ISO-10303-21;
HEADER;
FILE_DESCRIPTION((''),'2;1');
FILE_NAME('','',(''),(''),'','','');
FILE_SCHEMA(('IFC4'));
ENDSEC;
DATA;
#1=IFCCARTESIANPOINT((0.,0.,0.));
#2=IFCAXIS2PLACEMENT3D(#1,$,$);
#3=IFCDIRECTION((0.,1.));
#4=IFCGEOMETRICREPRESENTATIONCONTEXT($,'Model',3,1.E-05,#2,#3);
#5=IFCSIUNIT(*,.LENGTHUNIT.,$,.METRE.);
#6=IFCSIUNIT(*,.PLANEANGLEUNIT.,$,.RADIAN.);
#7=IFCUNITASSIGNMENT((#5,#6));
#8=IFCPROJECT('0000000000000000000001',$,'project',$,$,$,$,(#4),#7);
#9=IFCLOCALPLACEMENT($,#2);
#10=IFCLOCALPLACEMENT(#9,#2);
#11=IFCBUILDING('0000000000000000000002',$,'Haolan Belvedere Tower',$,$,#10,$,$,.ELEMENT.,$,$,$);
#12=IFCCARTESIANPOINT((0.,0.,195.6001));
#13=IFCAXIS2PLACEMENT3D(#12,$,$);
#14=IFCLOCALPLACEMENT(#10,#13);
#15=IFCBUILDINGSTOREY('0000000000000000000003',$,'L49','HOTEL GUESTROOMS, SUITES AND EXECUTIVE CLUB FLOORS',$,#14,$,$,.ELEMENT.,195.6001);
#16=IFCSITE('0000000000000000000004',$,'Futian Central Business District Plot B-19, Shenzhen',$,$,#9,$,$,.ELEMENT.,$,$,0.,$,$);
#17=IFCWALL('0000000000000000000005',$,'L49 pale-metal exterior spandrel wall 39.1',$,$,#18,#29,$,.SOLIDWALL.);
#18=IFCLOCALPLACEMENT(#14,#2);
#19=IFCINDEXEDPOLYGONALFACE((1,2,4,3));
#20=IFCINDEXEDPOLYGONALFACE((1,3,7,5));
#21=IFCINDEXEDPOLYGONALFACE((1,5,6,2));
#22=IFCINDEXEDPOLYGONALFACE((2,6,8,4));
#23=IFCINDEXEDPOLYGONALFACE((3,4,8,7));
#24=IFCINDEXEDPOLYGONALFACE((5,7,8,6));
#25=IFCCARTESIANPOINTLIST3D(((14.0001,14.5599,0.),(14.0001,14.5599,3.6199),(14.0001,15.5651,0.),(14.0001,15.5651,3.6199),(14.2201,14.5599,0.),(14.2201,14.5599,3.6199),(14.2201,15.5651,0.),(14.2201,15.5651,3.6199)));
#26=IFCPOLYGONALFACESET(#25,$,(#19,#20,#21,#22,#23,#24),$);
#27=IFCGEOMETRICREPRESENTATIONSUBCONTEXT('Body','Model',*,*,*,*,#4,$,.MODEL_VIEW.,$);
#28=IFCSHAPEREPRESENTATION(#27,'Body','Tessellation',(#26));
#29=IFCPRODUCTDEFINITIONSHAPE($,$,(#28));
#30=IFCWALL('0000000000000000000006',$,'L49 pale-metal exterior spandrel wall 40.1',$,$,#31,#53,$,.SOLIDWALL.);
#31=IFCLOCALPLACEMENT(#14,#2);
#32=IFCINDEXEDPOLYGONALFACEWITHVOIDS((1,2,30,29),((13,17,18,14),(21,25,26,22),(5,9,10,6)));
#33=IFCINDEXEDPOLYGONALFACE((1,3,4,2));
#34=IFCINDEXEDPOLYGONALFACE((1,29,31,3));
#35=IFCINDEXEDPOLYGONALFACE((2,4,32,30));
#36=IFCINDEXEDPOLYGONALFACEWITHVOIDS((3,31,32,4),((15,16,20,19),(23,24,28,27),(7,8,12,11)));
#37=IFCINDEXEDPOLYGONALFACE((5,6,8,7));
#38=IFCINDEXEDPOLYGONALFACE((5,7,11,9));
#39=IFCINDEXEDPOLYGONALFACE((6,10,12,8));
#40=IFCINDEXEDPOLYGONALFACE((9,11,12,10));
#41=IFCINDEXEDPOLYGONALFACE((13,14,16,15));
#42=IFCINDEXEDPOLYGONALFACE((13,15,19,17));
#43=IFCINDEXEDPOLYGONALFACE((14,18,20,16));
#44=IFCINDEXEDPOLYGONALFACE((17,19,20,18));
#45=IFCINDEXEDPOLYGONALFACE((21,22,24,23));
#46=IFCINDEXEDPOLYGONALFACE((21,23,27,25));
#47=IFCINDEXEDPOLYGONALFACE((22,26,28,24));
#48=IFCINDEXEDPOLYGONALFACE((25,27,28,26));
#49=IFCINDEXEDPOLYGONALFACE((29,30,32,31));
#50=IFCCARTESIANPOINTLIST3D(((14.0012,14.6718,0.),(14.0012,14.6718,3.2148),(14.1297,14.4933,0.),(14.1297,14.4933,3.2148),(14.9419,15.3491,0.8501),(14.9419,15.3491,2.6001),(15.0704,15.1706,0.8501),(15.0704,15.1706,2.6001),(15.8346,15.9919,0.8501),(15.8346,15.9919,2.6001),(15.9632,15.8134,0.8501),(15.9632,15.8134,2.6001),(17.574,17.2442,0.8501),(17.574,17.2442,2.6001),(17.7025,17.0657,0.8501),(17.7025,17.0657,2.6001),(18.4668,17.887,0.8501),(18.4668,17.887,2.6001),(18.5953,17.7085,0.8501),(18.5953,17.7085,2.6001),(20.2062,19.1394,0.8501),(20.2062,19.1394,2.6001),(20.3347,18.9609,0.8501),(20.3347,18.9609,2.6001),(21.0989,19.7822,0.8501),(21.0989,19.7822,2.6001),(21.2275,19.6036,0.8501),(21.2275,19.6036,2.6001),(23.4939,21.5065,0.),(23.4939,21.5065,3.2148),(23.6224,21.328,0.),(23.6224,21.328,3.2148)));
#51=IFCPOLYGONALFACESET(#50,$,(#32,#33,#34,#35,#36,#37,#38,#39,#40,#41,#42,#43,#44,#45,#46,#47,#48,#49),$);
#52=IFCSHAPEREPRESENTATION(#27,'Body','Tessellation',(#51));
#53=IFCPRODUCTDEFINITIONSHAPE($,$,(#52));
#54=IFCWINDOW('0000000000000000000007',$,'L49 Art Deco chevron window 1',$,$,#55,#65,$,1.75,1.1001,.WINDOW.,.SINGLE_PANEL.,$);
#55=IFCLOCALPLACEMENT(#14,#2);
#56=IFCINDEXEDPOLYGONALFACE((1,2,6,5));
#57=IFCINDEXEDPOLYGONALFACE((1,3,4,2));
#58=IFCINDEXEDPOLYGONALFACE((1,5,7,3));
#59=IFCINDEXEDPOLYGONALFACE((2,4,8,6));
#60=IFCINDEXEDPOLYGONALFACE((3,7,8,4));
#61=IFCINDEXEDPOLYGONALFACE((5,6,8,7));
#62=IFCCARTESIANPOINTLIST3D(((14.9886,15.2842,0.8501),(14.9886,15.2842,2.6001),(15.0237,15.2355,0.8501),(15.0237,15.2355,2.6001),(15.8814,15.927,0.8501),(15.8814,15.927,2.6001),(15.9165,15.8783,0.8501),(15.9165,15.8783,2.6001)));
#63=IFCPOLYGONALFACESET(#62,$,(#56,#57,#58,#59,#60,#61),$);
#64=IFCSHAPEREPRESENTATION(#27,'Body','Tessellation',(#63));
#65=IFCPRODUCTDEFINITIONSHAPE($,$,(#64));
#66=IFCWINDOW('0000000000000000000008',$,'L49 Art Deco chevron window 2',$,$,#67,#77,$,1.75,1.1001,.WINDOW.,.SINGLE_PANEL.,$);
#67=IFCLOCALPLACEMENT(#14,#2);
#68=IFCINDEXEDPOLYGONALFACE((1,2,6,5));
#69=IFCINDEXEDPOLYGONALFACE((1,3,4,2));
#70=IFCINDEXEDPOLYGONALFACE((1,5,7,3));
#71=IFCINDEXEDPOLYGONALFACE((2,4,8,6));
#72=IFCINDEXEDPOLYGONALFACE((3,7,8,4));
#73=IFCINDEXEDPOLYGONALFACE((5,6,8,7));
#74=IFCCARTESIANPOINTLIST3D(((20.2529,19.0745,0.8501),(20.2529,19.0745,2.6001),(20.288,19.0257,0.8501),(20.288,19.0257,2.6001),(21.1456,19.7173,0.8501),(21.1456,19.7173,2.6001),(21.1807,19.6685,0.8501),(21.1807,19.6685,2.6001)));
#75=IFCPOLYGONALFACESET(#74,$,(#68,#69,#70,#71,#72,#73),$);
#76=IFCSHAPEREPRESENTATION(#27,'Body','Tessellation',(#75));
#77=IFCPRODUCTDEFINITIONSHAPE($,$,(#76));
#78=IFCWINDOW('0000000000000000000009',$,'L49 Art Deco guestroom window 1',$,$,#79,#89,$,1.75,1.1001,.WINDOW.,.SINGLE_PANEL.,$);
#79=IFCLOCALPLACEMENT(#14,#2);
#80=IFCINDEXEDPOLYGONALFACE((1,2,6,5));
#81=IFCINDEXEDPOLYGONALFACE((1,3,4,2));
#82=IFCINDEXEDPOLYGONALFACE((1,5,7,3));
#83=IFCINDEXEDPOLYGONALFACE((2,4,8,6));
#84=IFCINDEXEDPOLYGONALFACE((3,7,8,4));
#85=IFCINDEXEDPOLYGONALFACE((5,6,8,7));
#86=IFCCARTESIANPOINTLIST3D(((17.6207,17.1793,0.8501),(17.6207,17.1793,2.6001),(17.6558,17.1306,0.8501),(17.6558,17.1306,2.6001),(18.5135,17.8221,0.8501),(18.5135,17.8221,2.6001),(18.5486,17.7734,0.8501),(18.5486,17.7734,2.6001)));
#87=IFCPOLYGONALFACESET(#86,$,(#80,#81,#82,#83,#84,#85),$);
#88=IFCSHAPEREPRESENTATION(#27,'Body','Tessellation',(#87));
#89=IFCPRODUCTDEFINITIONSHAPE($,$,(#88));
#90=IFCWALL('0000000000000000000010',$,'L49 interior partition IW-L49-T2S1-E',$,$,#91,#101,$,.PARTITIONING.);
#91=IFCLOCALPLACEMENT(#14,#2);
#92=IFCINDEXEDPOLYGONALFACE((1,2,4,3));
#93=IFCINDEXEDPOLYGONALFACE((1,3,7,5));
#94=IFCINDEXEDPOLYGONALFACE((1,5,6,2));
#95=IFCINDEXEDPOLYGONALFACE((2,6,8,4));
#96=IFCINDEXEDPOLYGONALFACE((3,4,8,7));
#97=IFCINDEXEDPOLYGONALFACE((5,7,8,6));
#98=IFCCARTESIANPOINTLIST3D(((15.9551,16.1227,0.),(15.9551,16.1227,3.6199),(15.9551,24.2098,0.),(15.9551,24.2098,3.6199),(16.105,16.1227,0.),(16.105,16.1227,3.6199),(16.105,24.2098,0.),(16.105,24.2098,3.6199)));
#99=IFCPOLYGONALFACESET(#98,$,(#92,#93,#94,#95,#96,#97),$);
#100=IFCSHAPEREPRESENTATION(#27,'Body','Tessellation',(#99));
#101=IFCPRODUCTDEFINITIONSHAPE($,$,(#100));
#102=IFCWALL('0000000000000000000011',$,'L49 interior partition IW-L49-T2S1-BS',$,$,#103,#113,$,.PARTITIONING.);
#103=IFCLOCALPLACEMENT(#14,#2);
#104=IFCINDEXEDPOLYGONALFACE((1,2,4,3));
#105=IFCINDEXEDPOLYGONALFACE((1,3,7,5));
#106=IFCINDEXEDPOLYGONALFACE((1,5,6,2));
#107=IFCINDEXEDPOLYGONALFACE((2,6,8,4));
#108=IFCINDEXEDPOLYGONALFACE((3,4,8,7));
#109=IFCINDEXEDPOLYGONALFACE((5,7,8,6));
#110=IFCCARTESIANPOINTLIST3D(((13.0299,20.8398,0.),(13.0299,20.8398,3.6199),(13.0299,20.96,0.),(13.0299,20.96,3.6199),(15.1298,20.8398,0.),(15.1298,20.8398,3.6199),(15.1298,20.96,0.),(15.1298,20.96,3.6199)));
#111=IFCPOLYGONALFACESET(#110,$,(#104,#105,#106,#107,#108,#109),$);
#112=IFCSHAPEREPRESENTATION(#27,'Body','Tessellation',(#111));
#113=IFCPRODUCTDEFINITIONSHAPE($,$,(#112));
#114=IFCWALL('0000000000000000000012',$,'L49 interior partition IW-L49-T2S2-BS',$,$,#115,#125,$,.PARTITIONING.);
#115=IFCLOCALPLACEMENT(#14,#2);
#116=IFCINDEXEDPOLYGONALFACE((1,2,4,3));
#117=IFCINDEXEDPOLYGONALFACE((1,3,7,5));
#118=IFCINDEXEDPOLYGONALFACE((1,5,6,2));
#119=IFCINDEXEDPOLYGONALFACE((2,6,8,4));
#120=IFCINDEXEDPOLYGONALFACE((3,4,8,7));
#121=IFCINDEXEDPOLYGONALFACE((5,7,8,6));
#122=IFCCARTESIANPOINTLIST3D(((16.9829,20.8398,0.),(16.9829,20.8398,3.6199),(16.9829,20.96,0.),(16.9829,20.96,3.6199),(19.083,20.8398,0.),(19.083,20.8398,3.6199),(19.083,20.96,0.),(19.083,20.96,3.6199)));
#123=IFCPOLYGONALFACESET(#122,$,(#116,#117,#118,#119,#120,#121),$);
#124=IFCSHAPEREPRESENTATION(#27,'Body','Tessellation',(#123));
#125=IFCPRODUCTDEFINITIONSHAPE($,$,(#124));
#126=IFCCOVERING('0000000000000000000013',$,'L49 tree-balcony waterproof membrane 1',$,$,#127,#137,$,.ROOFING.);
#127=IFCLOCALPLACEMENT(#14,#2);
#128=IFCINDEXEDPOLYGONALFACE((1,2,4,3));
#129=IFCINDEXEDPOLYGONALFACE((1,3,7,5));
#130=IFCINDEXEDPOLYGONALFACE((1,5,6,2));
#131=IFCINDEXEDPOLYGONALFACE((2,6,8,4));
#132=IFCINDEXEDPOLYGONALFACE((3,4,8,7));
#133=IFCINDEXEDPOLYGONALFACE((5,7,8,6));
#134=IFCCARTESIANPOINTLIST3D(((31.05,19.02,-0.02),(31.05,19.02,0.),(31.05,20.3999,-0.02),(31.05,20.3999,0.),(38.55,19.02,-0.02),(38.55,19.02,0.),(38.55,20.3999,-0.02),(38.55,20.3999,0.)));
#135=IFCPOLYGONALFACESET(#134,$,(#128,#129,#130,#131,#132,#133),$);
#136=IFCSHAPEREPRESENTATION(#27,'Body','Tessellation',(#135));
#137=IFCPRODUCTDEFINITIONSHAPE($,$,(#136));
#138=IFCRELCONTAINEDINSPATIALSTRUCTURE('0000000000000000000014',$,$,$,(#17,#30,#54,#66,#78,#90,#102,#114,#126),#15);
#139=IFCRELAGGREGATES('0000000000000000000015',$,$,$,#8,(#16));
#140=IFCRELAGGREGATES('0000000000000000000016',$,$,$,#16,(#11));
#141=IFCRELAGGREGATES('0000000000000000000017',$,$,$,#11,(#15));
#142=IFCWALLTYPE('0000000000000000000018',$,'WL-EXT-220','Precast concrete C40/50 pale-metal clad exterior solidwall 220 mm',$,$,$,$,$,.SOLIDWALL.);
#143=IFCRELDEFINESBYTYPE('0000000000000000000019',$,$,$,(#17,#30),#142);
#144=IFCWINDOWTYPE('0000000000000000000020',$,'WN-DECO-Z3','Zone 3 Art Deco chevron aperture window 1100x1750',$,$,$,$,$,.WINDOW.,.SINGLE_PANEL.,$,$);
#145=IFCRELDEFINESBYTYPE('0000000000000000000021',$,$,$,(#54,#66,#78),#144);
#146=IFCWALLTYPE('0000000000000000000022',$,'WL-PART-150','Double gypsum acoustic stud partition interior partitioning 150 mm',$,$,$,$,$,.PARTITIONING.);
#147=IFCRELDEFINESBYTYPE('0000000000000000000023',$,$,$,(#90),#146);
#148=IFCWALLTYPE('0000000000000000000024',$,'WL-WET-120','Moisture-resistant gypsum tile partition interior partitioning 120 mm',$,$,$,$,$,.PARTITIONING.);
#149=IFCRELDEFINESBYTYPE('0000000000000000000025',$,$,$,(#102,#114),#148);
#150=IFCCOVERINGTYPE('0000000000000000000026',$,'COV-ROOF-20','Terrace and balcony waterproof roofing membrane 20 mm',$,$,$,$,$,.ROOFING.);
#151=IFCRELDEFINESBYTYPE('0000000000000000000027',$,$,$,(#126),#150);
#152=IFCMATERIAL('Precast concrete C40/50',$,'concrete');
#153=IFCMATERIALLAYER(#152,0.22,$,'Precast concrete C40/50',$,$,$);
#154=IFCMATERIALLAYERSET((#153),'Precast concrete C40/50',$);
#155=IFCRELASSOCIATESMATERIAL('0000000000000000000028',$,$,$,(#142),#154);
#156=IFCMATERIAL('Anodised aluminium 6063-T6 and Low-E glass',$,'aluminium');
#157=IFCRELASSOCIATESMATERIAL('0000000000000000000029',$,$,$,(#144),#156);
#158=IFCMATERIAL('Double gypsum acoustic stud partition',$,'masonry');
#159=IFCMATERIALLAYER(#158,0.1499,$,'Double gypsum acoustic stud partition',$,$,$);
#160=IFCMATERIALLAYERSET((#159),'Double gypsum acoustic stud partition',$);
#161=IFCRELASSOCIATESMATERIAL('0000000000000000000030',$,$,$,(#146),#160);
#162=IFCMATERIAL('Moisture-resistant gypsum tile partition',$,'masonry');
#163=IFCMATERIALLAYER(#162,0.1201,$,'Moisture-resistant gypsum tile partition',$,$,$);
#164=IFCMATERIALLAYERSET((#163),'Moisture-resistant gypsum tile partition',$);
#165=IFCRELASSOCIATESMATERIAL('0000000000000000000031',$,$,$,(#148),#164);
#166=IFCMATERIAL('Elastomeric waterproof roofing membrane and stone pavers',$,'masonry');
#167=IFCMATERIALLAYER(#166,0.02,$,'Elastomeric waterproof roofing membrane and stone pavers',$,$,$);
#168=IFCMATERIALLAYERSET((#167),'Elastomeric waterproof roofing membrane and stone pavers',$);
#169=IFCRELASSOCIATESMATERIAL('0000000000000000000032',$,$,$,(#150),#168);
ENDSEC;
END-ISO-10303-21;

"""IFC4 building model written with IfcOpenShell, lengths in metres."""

from ifc_helpers import new_model, si_unit, direction, frame, frame_2d, origin, place, context, subcontext, project, spatial, polyline, rectangle, outline, extrude, material, layer, layer_set, type_object, element, fill, save


model = new_model("IFC4")

# Units and contexts
model_context = context("Model", 3, precision=1e-05, world=origin(), true_north=direction((0.0, 1.0)))
body_context = subcontext(model_context, "Body", "Model", "MODEL_VIEW")
ifc_project = project(units=[si_unit("LENGTHUNIT", "METRE"), si_unit("PLANEANGLEUNIT", "RADIAN")], contexts=[model_context])

# Site, building, storey
site_placement = place(None, origin())
site = spatial("IfcSite", under=ifc_project, at=site_placement, Name="Futian Central Business District Plot B-19, Shenzhen", CompositionType="ELEMENT", RefElevation=0.0)
building_placement = place(site_placement, origin())
building = spatial("IfcBuilding", under=site, at=building_placement, Name="Haolan Belvedere Tower", CompositionType="ELEMENT")
storey_placement = place(building_placement, frame((0.0, 0.0, 195.6001)))
storey = spatial("IfcBuildingStorey", under=building, at=storey_placement, Name="L49", Description="HOTEL GUESTROOMS, SUITES AND EXECUTIVE CLUB FLOORS", CompositionType="ELEMENT", Elevation=195.6001)

# Wall
ifc_material_1 = material(Name="Precast concrete C40/50", Category="concrete")
ifc_layer_1 = layer(ifc_material_1, 0.22, Name="Precast concrete C40/50")
ifc_layer_set_1 = layer_set([ifc_layer_1], Name="Precast concrete C40/50")
wall_type_1 = type_object("IfcWallType", Name="WL-EXT-220", Description="Precast concrete C40/50 pale-metal clad exterior solidwall 220 mm", PredefinedType="SOLIDWALL", material=ifc_layer_set_1)
wall_1_placement = place(storey_placement, frame((14.1101, 15.5649, 0.0), z_axis=(0.0, 0.0, 1.0), x_axis=(0.0, -1.0, 0.0)))
element("IfcWall", 1, at=wall_1_placement, inside=storey, type_object=wall_type_1, Name="L49 pale-metal exterior spandrel wall 39.1", PredefinedType="SOLIDWALL", context=body_context, shape_type="SweptSolid", body=[
    extrude(rectangle(XDim=1.0051, YDim=0.22, at=frame_2d((0.5024, 0.0))), origin(), (0.0, 0.0, 1.0), 3.6199),
])

# Wall, openings, windows
wall_2_placement = place(storey_placement, frame((14.0654, 14.5825, 0.0), z_axis=(0.0, 0.0, 1.0), x_axis=(0.811535, 0.584304, 0.0)))
wall_2 = element("IfcWall", 2, at=wall_2_placement, inside=storey, type_object=wall_type_1, Name="L49 pale-metal exterior spandrel wall 40.1", PredefinedType="SOLIDWALL", context=body_context, shape_type="SweptSolid", body=[
    extrude(rectangle(XDim=11.6973, YDim=0.22, at=frame_2d((5.8486, 0.0))), origin(), (0.0, 0.0, 1.0), 3.2148),
])
opening_1_placement = place(wall_2_placement, frame((1.1592, 0.0, 0.8501)))
opening_1 = element("IfcOpeningElement", 3, at=opening_1_placement, cuts=wall_2, PredefinedType="OPENING", context=body_context, shape_type="SweptSolid", body=[
    extrude(rectangle(XDim=1.1001, YDim=1.75, at=frame_2d((0.55, 0.875))), frame((0.0, 0.1199, 0.0), z_axis=(0.0, -1.0, 0.0), x_axis=(1.0, 0.0, 0.0)), (0.0, 0.0, 1.0), 0.24),
])
opening_2_placement = place(wall_2_placement, frame((7.646, 0.0, 0.8501)))
opening_2 = element("IfcOpeningElement", 4, at=opening_2_placement, cuts=wall_2, PredefinedType="OPENING", context=body_context, shape_type="SweptSolid", body=[
    extrude(rectangle(XDim=1.1001, YDim=1.75, at=frame_2d((0.55, 0.875))), frame((0.0, 0.1199, 0.0), z_axis=(0.0, -1.0, 0.0), x_axis=(1.0, 0.0, 0.0)), (0.0, 0.0, 1.0), 0.24),
])
opening_3_placement = place(wall_2_placement, frame((4.4026, 0.0, 0.8501)))
opening_3 = element("IfcOpeningElement", 5, at=opening_3_placement, cuts=wall_2, PredefinedType="OPENING", context=body_context, shape_type="SweptSolid", body=[
    extrude(rectangle(XDim=1.1001, YDim=1.75, at=frame_2d((0.55, 0.875))), frame((0.0, 0.1199, 0.0), z_axis=(0.0, -1.0, 0.0), x_axis=(1.0, 0.0, 0.0)), (0.0, 0.0, 1.0), 0.24),
])
ifc_material_2 = material(Name="Anodised aluminium 6063-T6 and Low-E glass", Category="aluminium")
window_type = type_object("IfcWindowType", Name="WN-DECO-Z3", Description="Zone 3 Art Deco chevron aperture window 1100x1750", PartitioningType="SINGLE_PANEL", PredefinedType="WINDOW", material=ifc_material_2)
window_1_placement = place(opening_1_placement, origin())
window_1 = element("IfcWindow", 6, at=window_1_placement, inside=storey, type_object=window_type, Name="L49 Art Deco chevron window 1", OverallHeight=1.75, OverallWidth=1.1001, PartitioningType="SINGLE_PANEL", PredefinedType="WINDOW", context=body_context, shape_type="SweptSolid", body=[
    extrude(rectangle(XDim=1.1001, YDim=1.75, at=frame_2d((0.55, 0.875))), frame((0.0, 0.03, 0.0), z_axis=(0.0, -1.0, 0.0), x_axis=(1.0, 0.0, 0.0)), (0.0, 0.0, 1.0), 0.0601),
])
fill(opening_1, window_1)
window_2_placement = place(opening_2_placement, origin())
window_2 = element("IfcWindow", 7, at=window_2_placement, inside=storey, type_object=window_type, Name="L49 Art Deco chevron window 2", OverallHeight=1.75, OverallWidth=1.1001, PartitioningType="SINGLE_PANEL", PredefinedType="WINDOW", context=body_context, shape_type="SweptSolid", body=[
    extrude(rectangle(XDim=1.1001, YDim=1.75, at=frame_2d((0.55, 0.875))), frame((0.0, 0.03, 0.0), z_axis=(0.0, -1.0, 0.0), x_axis=(1.0, 0.0, 0.0)), (0.0, 0.0, 1.0), 0.0601),
])
fill(opening_2, window_2)
window_3_placement = place(opening_3_placement, origin())
window_3 = element("IfcWindow", 8, at=window_3_placement, inside=storey, type_object=window_type, Name="L49 Art Deco guestroom window 1", OverallHeight=1.75, OverallWidth=1.1001, PartitioningType="SINGLE_PANEL", PredefinedType="WINDOW", context=body_context, shape_type="SweptSolid", body=[
    extrude(rectangle(XDim=1.1001, YDim=1.75, at=frame_2d((0.55, 0.875))), frame((0.0, 0.03, 0.0), z_axis=(0.0, -1.0, 0.0), x_axis=(1.0, 0.0, 0.0)), (0.0, 0.0, 1.0), 0.0601),
])
fill(opening_3, window_3)

# Walls
ifc_material_3 = material(Name="Double gypsum acoustic stud partition", Category="masonry")
ifc_layer_2 = layer(ifc_material_3, 0.1499, Name="Double gypsum acoustic stud partition")
ifc_layer_set_2 = layer_set([ifc_layer_2], Name="Double gypsum acoustic stud partition")
wall_type_2 = type_object("IfcWallType", Name="WL-PART-150", Description="Double gypsum acoustic stud partition interior partitioning 150 mm", PredefinedType="PARTITIONING", material=ifc_layer_set_2)
wall_3_placement = place(storey_placement, frame((16.03, 16.1228, 0.0), z_axis=(0.0, 0.0, 1.0), x_axis=(0.0, 1.0, 0.0)))
element("IfcWall", 9, at=wall_3_placement, inside=storey, type_object=wall_type_2, Name="L49 interior partition IW-L49-T2S1-E", PredefinedType="PARTITIONING", context=body_context, shape_type="SweptSolid", body=[
    extrude(rectangle(XDim=8.0872, YDim=0.1499, at=frame_2d((4.0435, 0.0))), origin(), (0.0, 0.0, 1.0), 3.6199),
])
ifc_material_4 = material(Name="Moisture-resistant gypsum tile partition", Category="masonry")
ifc_layer_3 = layer(ifc_material_4, 0.1201, Name="Moisture-resistant gypsum tile partition")
ifc_layer_set_3 = layer_set([ifc_layer_3], Name="Moisture-resistant gypsum tile partition")
wall_type_3 = type_object("IfcWallType", Name="WL-WET-120", Description="Moisture-resistant gypsum tile partition interior partitioning 120 mm", PredefinedType="PARTITIONING", material=ifc_layer_set_3)
wall_4_placement = place(storey_placement, frame((13.03, 20.8999, 0.0), z_axis=(0.0, 0.0, 1.0), x_axis=(1.0, 0.0, 0.0)))
element("IfcWall", 10, at=wall_4_placement, inside=storey, type_object=wall_type_3, Name="L49 interior partition IW-L49-T2S1-BS", PredefinedType="PARTITIONING", context=body_context, shape_type="SweptSolid", body=[
    extrude(rectangle(XDim=2.0999, YDim=0.1201, at=frame_2d((1.0498, 0.0))), origin(), (0.0, 0.0, 1.0), 3.6199),
])
wall_5_placement = place(storey_placement, frame((16.9829, 20.8999, 0.0), z_axis=(0.0, 0.0, 1.0), x_axis=(1.0, 0.0, 0.0)))
element("IfcWall", 11, at=wall_5_placement, inside=storey, type_object=wall_type_3, Name="L49 interior partition IW-L49-T2S2-BS", PredefinedType="PARTITIONING", context=body_context, shape_type="SweptSolid", body=[
    extrude(rectangle(XDim=2.1001, YDim=0.1201, at=frame_2d((1.05, 0.0))), origin(), (0.0, 0.0, 1.0), 3.6199),
])

# Covering
ifc_material_5 = material(Name="Elastomeric waterproof roofing membrane and stone pavers", Category="masonry")
ifc_layer_4 = layer(ifc_material_5, 0.02, Name="Elastomeric waterproof roofing membrane and stone pavers")
ifc_layer_set_4 = layer_set([ifc_layer_4], Name="Elastomeric waterproof roofing membrane and stone pavers")
covering_type = type_object("IfcCoveringType", Name="COV-ROOF-20", Description="Terrace and balcony waterproof roofing membrane 20 mm", PredefinedType="ROOFING", material=ifc_layer_set_4)
covering_placement = place(storey_placement, frame((0.0, 0.0, -0.02)))
element("IfcCovering", 12, at=covering_placement, inside=storey, type_object=covering_type, Name="L49 tree-balcony waterproof membrane 1", PredefinedType="ROOFING", context=body_context, shape_type="SweptSolid", body=[
    extrude(outline(polyline([(31.05, 19.02), (38.55, 19.02), (38.55, 20.3999), (31.05, 20.3999), (31.05, 19.02)])), origin(), (0.0, 0.0, 1.0), 0.02),
])

save(model, "model.ifc")
